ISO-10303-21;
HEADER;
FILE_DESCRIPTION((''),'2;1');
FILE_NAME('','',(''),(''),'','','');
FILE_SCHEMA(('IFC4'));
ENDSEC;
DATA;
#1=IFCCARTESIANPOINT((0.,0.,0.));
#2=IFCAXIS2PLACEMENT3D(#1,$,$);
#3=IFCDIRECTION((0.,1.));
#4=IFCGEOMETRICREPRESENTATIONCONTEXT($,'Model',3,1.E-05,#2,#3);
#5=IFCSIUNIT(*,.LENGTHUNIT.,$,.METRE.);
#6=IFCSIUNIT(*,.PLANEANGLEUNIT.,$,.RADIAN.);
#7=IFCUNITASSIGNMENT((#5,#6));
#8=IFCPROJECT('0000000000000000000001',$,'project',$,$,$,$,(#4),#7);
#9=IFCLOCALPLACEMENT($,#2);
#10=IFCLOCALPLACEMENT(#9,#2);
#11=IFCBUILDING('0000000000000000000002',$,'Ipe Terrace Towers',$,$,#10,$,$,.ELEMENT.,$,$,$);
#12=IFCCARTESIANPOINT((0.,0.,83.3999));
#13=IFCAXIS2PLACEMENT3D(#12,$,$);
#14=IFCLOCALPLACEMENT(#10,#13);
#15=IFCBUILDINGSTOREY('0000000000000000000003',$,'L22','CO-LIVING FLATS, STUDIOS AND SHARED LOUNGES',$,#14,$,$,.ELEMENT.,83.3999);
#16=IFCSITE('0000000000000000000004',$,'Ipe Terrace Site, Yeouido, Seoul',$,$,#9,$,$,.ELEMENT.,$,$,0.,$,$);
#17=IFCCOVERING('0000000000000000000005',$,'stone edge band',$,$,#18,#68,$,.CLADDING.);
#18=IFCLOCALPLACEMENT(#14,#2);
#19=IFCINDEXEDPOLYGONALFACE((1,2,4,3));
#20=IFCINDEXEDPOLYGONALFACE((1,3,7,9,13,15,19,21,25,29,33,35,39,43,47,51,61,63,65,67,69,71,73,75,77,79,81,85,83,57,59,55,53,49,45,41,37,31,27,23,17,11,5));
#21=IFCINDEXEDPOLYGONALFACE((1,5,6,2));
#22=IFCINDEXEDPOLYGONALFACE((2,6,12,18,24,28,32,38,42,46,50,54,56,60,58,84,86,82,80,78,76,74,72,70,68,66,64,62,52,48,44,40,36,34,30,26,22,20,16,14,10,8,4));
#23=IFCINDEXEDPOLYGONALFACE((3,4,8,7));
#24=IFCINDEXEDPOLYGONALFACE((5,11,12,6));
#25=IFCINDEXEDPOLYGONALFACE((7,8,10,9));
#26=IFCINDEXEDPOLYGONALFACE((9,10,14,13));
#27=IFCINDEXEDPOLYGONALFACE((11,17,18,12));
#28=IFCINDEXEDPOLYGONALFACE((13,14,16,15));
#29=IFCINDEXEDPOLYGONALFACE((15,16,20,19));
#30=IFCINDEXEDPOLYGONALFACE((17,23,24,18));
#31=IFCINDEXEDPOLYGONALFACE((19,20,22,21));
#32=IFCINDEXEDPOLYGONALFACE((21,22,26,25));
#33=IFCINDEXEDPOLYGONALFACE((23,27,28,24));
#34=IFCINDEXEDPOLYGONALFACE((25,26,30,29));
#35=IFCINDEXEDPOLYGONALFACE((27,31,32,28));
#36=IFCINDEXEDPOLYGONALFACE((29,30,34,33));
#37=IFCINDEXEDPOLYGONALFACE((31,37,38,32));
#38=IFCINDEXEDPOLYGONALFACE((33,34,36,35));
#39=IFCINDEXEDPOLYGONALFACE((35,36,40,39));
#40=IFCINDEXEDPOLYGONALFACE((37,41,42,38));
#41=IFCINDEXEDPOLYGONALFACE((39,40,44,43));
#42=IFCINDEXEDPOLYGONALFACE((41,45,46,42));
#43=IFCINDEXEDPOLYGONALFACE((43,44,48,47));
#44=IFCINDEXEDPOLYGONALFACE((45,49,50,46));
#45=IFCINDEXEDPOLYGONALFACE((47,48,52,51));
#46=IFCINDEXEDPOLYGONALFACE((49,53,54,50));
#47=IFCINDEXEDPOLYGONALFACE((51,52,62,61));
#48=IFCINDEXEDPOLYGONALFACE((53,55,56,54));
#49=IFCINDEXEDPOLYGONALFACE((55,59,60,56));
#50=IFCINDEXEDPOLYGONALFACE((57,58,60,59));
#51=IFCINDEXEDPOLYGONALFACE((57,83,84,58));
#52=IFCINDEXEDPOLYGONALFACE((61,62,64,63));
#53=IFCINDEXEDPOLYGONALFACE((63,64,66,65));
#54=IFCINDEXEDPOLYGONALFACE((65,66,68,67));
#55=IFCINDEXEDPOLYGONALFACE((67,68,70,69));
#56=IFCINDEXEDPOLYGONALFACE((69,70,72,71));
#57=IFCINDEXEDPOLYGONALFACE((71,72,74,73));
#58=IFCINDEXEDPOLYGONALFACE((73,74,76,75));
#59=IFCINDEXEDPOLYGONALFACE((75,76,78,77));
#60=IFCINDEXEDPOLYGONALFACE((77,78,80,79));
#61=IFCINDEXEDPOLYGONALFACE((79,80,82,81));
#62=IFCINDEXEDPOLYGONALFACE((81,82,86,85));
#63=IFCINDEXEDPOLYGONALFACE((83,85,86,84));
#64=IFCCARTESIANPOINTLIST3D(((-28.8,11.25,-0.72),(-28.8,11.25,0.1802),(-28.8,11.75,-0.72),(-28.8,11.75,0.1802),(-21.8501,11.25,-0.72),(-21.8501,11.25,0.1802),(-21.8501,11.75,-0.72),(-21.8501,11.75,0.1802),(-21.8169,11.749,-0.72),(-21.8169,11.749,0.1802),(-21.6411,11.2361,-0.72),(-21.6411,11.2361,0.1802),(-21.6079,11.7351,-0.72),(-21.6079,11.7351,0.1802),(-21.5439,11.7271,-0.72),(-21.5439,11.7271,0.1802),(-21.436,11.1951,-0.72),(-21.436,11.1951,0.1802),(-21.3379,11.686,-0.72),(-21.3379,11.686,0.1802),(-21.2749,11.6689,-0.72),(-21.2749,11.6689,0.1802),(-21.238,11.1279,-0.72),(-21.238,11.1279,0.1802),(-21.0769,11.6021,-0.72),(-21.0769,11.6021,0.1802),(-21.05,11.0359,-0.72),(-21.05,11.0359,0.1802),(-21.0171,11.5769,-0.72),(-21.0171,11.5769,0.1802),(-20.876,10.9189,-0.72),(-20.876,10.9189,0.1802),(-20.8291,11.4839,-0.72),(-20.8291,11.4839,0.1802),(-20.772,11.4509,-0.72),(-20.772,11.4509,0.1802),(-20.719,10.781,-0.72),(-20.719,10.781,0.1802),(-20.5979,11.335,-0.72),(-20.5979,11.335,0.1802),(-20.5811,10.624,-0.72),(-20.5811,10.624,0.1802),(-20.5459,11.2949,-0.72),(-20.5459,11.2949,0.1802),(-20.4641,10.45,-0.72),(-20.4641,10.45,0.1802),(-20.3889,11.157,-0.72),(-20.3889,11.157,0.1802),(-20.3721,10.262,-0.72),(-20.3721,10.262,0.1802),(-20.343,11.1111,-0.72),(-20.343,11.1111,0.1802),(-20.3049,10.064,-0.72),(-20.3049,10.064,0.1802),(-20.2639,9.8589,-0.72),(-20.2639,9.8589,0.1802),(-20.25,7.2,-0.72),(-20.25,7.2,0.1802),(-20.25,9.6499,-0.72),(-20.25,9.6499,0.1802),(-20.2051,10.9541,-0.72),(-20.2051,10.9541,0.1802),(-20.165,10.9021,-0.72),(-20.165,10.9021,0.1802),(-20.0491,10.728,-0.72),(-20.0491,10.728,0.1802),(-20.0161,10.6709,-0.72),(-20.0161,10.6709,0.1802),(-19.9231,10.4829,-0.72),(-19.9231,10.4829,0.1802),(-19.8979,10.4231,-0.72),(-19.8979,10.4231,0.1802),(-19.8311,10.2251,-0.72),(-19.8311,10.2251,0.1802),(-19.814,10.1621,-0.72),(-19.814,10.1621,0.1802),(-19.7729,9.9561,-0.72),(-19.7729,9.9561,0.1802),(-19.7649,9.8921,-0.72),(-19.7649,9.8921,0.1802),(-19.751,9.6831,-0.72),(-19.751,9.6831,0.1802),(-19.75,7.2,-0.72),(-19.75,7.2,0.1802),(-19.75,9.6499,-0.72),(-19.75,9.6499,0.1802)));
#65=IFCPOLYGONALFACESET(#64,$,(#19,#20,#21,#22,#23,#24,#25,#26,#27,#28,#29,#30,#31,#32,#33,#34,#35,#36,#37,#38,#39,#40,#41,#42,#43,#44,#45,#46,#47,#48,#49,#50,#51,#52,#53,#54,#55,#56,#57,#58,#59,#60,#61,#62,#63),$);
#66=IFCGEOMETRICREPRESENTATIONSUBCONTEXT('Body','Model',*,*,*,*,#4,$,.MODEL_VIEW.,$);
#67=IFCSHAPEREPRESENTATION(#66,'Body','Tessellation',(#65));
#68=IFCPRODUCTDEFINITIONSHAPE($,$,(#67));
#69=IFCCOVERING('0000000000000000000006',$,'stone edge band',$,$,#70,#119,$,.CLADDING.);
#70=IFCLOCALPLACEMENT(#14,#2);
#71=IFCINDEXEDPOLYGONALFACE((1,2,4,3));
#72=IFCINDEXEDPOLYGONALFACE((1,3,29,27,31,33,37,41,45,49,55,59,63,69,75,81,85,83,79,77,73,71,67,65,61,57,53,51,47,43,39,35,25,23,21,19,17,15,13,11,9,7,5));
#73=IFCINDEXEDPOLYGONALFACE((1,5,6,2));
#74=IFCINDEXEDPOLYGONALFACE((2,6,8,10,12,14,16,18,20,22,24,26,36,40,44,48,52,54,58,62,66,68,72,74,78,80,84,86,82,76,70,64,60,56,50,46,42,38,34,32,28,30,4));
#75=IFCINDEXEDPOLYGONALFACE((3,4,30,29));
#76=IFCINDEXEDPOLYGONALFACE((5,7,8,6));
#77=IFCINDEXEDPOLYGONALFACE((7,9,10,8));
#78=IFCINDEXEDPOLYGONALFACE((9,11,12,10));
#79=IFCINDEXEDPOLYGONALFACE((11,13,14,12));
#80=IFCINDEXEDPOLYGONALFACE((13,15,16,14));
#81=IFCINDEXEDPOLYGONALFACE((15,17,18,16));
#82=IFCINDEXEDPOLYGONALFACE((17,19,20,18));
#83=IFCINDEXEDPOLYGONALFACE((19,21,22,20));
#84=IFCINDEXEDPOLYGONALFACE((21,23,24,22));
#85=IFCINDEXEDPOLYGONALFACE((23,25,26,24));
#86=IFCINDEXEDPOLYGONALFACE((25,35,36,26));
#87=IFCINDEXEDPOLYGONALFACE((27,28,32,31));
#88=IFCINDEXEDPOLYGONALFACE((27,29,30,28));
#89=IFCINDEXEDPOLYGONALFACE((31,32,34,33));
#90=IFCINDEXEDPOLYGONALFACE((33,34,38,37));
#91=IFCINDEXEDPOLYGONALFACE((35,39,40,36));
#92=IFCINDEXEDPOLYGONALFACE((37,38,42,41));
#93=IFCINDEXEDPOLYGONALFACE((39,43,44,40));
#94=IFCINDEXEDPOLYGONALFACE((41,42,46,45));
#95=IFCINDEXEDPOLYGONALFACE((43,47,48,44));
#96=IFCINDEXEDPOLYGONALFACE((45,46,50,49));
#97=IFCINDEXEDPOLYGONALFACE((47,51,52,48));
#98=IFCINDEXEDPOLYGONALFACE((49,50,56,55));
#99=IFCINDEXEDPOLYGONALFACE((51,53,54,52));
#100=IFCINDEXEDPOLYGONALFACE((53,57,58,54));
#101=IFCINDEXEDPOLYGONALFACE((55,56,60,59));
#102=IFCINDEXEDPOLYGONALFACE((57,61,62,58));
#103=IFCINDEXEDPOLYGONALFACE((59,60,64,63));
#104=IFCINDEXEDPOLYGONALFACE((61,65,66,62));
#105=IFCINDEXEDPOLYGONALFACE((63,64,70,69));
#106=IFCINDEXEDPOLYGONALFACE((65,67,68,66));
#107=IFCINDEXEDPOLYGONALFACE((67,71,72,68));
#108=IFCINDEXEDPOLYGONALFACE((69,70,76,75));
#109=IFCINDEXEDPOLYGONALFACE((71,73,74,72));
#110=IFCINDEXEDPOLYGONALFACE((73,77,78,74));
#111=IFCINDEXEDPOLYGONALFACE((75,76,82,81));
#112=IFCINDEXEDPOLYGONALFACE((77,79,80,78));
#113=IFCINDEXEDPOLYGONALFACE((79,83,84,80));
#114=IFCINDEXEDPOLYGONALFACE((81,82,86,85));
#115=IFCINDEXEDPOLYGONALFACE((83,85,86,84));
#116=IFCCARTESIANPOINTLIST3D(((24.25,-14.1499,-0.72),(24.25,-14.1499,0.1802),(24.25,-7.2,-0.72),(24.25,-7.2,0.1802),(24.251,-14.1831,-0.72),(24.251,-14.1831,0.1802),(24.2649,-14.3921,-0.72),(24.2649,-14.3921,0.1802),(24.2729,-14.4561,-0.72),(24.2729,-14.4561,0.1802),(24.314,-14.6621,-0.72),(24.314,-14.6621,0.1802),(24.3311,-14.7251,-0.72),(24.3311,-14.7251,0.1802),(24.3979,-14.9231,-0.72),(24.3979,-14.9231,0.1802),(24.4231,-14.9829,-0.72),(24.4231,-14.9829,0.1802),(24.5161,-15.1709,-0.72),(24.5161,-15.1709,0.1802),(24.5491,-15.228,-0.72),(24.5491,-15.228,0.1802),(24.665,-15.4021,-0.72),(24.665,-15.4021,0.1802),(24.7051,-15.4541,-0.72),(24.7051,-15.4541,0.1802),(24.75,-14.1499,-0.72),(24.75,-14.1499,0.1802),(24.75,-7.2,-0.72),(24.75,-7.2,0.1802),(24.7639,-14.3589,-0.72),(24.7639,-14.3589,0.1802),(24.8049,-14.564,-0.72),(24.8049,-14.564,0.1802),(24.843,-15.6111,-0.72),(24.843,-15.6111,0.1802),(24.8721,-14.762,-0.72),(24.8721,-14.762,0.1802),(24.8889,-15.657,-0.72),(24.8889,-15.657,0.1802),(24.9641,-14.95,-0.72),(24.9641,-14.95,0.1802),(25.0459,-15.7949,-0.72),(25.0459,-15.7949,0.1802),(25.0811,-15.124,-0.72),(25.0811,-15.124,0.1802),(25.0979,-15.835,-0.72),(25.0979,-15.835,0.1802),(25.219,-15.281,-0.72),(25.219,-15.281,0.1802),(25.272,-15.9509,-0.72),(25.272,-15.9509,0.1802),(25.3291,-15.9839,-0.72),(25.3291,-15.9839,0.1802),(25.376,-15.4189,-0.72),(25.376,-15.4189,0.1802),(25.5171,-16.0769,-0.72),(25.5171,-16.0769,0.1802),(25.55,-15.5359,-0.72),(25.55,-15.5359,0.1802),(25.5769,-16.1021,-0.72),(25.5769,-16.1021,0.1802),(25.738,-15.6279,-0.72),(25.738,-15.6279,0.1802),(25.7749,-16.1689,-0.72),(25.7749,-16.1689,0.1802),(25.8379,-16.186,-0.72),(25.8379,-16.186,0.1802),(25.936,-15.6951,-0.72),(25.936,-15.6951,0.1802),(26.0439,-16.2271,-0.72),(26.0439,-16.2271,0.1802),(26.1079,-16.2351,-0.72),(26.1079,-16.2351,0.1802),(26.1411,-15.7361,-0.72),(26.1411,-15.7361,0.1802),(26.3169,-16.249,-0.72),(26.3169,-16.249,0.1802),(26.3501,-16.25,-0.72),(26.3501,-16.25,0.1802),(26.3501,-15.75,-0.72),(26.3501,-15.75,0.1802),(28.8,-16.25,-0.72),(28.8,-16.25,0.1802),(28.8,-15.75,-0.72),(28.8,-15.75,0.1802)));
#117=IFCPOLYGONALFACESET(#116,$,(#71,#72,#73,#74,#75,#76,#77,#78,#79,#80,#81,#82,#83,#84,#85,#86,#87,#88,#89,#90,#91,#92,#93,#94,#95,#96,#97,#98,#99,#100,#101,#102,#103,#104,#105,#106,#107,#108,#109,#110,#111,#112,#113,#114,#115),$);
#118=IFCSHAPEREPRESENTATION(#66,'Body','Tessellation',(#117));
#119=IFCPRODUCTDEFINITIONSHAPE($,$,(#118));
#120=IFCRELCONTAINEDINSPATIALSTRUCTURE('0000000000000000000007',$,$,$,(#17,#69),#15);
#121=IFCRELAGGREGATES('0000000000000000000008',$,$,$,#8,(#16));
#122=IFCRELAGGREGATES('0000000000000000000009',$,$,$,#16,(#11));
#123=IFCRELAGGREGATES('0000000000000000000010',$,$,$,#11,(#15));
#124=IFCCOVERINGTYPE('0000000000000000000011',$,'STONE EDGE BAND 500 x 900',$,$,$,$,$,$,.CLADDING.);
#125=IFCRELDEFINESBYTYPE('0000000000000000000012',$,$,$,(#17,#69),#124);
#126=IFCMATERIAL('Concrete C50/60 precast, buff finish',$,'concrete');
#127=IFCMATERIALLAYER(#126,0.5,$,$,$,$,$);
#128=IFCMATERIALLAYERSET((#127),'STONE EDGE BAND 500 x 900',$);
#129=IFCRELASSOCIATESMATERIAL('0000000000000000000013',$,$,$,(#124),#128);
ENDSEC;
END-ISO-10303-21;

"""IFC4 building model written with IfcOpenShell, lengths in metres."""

from ifc_helpers import new_model, si_unit, direction, frame, origin, place, context, subcontext, project, spatial, polyline, outline, extrude, material, layer, layer_set, type_object, element, save


model = new_model("IFC4")

# Units and contexts
model_context = context("Model", 3, precision=1e-05, world=origin(), true_north=direction((0.0, 1.0)))
body_context = subcontext(model_context, "Body", "Model", "MODEL_VIEW")
ifc_project = project(units=[si_unit("LENGTHUNIT", "METRE"), si_unit("PLANEANGLEUNIT", "RADIAN")], contexts=[model_context])

# Site, building, storey
site_placement = place(None, origin())
site = spatial("IfcSite", under=ifc_project, at=site_placement, Name="Ipe Terrace Site, Yeouido, Seoul", CompositionType="ELEMENT", RefElevation=0.0)
building_placement = place(site_placement, origin())
building = spatial("IfcBuilding", under=site, at=building_placement, Name="Ipe Terrace Towers", CompositionType="ELEMENT")
storey_placement = place(building_placement, frame((0.0, 0.0, 83.3999)))
storey = spatial("IfcBuildingStorey", under=building, at=storey_placement, Name="L22", Description="CO-LIVING FLATS, STUDIOS AND SHARED LOUNGES", CompositionType="ELEMENT", Elevation=83.3999)

# Coverings
ifc_material_1 = material(Name="Concrete C50/60 precast, buff finish", Category="concrete")
ifc_layer_1 = layer(ifc_material_1, 0.5)
ifc_layer_set_1 = layer_set([ifc_layer_1], Name="STONE EDGE BAND 500 x 900")
covering_type = type_object("IfcCoveringType", Name="STONE EDGE BAND 500 x 900", PredefinedType="CLADDING", material=ifc_layer_set_1)
covering_1_placement = place(storey_placement, frame((0.0, 0.0, -0.72)))
element("IfcCovering", 1, at=covering_1_placement, inside=storey, type_object=covering_type, Name="stone edge band", PredefinedType="CLADDING", context=body_context, shape_type="SweptSolid", body=[
    extrude(outline(polyline([(-21.8501, 11.75), (-28.8, 11.75), (-28.8, 11.25), (-21.8501, 11.25), (-21.6411, 11.2361), (-21.436, 11.1951), (-21.238, 11.1279), (-21.05, 11.0359), (-20.876, 10.9189), (-20.719, 10.781), (-20.5811, 10.624), (-20.4641, 10.45), (-20.3721, 10.262), (-20.3049, 10.064), (-20.2639, 9.8589), (-20.25, 9.6499), (-20.25, 7.2), (-19.75, 7.2), (-19.75, 9.6499), (-19.751, 9.6831), (-19.7649, 9.8921), (-19.7729, 9.9561), (-19.814, 10.1621), (-19.8311, 10.2251), (-19.8979, 10.4231), (-19.9231, 10.4829), (-20.0161, 10.6709), (-20.0491, 10.728), (-20.165, 10.9021), (-20.2051, 10.9541), (-20.343, 11.1111), (-20.3889, 11.157), (-20.5459, 11.2949), (-20.5979, 11.335), (-20.772, 11.4509), (-20.8291, 11.4839), (-21.0171, 11.5769), (-21.0769, 11.6021), (-21.2749, 11.6689), (-21.3379, 11.686), (-21.5439, 11.7271), (-21.6079, 11.7351), (-21.8169, 11.749), (-21.8501, 11.75)])), origin(), (0.0, 0.0, 1.0), 0.9001),
])
covering_2_placement = place(storey_placement, frame((0.0, 0.0, -0.72)))
element("IfcCovering", 2, at=covering_2_placement, inside=storey, type_object=covering_type, Name="stone edge band", PredefinedType="CLADDING", context=body_context, shape_type="SweptSolid", body=[
    extrude(outline(polyline([(24.25, -14.1499), (24.251, -14.1831), (24.2649, -14.3921), (24.2729, -14.4561), (24.314, -14.6621), (24.3311, -14.7251), (24.3979, -14.9231), (24.4231, -14.9829), (24.5161, -15.1709), (24.5491, -15.228), (24.665, -15.4021), (24.7051, -15.4541), (24.843, -15.6111), (24.8889, -15.657), (25.0459, -15.7949), (25.0979, -15.835), (25.272, -15.9509), (25.3291, -15.9839), (25.5171, -16.0769), (25.5769, -16.1021), (25.7749, -16.1689), (25.8379, -16.186), (26.0439, -16.2271), (26.1079, -16.2351), (26.3169, -16.249), (26.3501, -16.25), (28.8, -16.25), (28.8, -15.75), (26.3501, -15.75), (26.1411, -15.7361), (25.936, -15.6951), (25.738, -15.6279), (25.55, -15.5359), (25.376, -15.4189), (25.219, -15.281), (25.0811, -15.124), (24.9641, -14.95), (24.8721, -14.762), (24.8049, -14.564), (24.7639, -14.3589), (24.75, -14.1499), (24.75, -7.2), (24.25, -7.2), (24.25, -14.1499)])), origin(), (0.0, 0.0, 1.0), 0.9001),
])

save(model, "model.ifc")
